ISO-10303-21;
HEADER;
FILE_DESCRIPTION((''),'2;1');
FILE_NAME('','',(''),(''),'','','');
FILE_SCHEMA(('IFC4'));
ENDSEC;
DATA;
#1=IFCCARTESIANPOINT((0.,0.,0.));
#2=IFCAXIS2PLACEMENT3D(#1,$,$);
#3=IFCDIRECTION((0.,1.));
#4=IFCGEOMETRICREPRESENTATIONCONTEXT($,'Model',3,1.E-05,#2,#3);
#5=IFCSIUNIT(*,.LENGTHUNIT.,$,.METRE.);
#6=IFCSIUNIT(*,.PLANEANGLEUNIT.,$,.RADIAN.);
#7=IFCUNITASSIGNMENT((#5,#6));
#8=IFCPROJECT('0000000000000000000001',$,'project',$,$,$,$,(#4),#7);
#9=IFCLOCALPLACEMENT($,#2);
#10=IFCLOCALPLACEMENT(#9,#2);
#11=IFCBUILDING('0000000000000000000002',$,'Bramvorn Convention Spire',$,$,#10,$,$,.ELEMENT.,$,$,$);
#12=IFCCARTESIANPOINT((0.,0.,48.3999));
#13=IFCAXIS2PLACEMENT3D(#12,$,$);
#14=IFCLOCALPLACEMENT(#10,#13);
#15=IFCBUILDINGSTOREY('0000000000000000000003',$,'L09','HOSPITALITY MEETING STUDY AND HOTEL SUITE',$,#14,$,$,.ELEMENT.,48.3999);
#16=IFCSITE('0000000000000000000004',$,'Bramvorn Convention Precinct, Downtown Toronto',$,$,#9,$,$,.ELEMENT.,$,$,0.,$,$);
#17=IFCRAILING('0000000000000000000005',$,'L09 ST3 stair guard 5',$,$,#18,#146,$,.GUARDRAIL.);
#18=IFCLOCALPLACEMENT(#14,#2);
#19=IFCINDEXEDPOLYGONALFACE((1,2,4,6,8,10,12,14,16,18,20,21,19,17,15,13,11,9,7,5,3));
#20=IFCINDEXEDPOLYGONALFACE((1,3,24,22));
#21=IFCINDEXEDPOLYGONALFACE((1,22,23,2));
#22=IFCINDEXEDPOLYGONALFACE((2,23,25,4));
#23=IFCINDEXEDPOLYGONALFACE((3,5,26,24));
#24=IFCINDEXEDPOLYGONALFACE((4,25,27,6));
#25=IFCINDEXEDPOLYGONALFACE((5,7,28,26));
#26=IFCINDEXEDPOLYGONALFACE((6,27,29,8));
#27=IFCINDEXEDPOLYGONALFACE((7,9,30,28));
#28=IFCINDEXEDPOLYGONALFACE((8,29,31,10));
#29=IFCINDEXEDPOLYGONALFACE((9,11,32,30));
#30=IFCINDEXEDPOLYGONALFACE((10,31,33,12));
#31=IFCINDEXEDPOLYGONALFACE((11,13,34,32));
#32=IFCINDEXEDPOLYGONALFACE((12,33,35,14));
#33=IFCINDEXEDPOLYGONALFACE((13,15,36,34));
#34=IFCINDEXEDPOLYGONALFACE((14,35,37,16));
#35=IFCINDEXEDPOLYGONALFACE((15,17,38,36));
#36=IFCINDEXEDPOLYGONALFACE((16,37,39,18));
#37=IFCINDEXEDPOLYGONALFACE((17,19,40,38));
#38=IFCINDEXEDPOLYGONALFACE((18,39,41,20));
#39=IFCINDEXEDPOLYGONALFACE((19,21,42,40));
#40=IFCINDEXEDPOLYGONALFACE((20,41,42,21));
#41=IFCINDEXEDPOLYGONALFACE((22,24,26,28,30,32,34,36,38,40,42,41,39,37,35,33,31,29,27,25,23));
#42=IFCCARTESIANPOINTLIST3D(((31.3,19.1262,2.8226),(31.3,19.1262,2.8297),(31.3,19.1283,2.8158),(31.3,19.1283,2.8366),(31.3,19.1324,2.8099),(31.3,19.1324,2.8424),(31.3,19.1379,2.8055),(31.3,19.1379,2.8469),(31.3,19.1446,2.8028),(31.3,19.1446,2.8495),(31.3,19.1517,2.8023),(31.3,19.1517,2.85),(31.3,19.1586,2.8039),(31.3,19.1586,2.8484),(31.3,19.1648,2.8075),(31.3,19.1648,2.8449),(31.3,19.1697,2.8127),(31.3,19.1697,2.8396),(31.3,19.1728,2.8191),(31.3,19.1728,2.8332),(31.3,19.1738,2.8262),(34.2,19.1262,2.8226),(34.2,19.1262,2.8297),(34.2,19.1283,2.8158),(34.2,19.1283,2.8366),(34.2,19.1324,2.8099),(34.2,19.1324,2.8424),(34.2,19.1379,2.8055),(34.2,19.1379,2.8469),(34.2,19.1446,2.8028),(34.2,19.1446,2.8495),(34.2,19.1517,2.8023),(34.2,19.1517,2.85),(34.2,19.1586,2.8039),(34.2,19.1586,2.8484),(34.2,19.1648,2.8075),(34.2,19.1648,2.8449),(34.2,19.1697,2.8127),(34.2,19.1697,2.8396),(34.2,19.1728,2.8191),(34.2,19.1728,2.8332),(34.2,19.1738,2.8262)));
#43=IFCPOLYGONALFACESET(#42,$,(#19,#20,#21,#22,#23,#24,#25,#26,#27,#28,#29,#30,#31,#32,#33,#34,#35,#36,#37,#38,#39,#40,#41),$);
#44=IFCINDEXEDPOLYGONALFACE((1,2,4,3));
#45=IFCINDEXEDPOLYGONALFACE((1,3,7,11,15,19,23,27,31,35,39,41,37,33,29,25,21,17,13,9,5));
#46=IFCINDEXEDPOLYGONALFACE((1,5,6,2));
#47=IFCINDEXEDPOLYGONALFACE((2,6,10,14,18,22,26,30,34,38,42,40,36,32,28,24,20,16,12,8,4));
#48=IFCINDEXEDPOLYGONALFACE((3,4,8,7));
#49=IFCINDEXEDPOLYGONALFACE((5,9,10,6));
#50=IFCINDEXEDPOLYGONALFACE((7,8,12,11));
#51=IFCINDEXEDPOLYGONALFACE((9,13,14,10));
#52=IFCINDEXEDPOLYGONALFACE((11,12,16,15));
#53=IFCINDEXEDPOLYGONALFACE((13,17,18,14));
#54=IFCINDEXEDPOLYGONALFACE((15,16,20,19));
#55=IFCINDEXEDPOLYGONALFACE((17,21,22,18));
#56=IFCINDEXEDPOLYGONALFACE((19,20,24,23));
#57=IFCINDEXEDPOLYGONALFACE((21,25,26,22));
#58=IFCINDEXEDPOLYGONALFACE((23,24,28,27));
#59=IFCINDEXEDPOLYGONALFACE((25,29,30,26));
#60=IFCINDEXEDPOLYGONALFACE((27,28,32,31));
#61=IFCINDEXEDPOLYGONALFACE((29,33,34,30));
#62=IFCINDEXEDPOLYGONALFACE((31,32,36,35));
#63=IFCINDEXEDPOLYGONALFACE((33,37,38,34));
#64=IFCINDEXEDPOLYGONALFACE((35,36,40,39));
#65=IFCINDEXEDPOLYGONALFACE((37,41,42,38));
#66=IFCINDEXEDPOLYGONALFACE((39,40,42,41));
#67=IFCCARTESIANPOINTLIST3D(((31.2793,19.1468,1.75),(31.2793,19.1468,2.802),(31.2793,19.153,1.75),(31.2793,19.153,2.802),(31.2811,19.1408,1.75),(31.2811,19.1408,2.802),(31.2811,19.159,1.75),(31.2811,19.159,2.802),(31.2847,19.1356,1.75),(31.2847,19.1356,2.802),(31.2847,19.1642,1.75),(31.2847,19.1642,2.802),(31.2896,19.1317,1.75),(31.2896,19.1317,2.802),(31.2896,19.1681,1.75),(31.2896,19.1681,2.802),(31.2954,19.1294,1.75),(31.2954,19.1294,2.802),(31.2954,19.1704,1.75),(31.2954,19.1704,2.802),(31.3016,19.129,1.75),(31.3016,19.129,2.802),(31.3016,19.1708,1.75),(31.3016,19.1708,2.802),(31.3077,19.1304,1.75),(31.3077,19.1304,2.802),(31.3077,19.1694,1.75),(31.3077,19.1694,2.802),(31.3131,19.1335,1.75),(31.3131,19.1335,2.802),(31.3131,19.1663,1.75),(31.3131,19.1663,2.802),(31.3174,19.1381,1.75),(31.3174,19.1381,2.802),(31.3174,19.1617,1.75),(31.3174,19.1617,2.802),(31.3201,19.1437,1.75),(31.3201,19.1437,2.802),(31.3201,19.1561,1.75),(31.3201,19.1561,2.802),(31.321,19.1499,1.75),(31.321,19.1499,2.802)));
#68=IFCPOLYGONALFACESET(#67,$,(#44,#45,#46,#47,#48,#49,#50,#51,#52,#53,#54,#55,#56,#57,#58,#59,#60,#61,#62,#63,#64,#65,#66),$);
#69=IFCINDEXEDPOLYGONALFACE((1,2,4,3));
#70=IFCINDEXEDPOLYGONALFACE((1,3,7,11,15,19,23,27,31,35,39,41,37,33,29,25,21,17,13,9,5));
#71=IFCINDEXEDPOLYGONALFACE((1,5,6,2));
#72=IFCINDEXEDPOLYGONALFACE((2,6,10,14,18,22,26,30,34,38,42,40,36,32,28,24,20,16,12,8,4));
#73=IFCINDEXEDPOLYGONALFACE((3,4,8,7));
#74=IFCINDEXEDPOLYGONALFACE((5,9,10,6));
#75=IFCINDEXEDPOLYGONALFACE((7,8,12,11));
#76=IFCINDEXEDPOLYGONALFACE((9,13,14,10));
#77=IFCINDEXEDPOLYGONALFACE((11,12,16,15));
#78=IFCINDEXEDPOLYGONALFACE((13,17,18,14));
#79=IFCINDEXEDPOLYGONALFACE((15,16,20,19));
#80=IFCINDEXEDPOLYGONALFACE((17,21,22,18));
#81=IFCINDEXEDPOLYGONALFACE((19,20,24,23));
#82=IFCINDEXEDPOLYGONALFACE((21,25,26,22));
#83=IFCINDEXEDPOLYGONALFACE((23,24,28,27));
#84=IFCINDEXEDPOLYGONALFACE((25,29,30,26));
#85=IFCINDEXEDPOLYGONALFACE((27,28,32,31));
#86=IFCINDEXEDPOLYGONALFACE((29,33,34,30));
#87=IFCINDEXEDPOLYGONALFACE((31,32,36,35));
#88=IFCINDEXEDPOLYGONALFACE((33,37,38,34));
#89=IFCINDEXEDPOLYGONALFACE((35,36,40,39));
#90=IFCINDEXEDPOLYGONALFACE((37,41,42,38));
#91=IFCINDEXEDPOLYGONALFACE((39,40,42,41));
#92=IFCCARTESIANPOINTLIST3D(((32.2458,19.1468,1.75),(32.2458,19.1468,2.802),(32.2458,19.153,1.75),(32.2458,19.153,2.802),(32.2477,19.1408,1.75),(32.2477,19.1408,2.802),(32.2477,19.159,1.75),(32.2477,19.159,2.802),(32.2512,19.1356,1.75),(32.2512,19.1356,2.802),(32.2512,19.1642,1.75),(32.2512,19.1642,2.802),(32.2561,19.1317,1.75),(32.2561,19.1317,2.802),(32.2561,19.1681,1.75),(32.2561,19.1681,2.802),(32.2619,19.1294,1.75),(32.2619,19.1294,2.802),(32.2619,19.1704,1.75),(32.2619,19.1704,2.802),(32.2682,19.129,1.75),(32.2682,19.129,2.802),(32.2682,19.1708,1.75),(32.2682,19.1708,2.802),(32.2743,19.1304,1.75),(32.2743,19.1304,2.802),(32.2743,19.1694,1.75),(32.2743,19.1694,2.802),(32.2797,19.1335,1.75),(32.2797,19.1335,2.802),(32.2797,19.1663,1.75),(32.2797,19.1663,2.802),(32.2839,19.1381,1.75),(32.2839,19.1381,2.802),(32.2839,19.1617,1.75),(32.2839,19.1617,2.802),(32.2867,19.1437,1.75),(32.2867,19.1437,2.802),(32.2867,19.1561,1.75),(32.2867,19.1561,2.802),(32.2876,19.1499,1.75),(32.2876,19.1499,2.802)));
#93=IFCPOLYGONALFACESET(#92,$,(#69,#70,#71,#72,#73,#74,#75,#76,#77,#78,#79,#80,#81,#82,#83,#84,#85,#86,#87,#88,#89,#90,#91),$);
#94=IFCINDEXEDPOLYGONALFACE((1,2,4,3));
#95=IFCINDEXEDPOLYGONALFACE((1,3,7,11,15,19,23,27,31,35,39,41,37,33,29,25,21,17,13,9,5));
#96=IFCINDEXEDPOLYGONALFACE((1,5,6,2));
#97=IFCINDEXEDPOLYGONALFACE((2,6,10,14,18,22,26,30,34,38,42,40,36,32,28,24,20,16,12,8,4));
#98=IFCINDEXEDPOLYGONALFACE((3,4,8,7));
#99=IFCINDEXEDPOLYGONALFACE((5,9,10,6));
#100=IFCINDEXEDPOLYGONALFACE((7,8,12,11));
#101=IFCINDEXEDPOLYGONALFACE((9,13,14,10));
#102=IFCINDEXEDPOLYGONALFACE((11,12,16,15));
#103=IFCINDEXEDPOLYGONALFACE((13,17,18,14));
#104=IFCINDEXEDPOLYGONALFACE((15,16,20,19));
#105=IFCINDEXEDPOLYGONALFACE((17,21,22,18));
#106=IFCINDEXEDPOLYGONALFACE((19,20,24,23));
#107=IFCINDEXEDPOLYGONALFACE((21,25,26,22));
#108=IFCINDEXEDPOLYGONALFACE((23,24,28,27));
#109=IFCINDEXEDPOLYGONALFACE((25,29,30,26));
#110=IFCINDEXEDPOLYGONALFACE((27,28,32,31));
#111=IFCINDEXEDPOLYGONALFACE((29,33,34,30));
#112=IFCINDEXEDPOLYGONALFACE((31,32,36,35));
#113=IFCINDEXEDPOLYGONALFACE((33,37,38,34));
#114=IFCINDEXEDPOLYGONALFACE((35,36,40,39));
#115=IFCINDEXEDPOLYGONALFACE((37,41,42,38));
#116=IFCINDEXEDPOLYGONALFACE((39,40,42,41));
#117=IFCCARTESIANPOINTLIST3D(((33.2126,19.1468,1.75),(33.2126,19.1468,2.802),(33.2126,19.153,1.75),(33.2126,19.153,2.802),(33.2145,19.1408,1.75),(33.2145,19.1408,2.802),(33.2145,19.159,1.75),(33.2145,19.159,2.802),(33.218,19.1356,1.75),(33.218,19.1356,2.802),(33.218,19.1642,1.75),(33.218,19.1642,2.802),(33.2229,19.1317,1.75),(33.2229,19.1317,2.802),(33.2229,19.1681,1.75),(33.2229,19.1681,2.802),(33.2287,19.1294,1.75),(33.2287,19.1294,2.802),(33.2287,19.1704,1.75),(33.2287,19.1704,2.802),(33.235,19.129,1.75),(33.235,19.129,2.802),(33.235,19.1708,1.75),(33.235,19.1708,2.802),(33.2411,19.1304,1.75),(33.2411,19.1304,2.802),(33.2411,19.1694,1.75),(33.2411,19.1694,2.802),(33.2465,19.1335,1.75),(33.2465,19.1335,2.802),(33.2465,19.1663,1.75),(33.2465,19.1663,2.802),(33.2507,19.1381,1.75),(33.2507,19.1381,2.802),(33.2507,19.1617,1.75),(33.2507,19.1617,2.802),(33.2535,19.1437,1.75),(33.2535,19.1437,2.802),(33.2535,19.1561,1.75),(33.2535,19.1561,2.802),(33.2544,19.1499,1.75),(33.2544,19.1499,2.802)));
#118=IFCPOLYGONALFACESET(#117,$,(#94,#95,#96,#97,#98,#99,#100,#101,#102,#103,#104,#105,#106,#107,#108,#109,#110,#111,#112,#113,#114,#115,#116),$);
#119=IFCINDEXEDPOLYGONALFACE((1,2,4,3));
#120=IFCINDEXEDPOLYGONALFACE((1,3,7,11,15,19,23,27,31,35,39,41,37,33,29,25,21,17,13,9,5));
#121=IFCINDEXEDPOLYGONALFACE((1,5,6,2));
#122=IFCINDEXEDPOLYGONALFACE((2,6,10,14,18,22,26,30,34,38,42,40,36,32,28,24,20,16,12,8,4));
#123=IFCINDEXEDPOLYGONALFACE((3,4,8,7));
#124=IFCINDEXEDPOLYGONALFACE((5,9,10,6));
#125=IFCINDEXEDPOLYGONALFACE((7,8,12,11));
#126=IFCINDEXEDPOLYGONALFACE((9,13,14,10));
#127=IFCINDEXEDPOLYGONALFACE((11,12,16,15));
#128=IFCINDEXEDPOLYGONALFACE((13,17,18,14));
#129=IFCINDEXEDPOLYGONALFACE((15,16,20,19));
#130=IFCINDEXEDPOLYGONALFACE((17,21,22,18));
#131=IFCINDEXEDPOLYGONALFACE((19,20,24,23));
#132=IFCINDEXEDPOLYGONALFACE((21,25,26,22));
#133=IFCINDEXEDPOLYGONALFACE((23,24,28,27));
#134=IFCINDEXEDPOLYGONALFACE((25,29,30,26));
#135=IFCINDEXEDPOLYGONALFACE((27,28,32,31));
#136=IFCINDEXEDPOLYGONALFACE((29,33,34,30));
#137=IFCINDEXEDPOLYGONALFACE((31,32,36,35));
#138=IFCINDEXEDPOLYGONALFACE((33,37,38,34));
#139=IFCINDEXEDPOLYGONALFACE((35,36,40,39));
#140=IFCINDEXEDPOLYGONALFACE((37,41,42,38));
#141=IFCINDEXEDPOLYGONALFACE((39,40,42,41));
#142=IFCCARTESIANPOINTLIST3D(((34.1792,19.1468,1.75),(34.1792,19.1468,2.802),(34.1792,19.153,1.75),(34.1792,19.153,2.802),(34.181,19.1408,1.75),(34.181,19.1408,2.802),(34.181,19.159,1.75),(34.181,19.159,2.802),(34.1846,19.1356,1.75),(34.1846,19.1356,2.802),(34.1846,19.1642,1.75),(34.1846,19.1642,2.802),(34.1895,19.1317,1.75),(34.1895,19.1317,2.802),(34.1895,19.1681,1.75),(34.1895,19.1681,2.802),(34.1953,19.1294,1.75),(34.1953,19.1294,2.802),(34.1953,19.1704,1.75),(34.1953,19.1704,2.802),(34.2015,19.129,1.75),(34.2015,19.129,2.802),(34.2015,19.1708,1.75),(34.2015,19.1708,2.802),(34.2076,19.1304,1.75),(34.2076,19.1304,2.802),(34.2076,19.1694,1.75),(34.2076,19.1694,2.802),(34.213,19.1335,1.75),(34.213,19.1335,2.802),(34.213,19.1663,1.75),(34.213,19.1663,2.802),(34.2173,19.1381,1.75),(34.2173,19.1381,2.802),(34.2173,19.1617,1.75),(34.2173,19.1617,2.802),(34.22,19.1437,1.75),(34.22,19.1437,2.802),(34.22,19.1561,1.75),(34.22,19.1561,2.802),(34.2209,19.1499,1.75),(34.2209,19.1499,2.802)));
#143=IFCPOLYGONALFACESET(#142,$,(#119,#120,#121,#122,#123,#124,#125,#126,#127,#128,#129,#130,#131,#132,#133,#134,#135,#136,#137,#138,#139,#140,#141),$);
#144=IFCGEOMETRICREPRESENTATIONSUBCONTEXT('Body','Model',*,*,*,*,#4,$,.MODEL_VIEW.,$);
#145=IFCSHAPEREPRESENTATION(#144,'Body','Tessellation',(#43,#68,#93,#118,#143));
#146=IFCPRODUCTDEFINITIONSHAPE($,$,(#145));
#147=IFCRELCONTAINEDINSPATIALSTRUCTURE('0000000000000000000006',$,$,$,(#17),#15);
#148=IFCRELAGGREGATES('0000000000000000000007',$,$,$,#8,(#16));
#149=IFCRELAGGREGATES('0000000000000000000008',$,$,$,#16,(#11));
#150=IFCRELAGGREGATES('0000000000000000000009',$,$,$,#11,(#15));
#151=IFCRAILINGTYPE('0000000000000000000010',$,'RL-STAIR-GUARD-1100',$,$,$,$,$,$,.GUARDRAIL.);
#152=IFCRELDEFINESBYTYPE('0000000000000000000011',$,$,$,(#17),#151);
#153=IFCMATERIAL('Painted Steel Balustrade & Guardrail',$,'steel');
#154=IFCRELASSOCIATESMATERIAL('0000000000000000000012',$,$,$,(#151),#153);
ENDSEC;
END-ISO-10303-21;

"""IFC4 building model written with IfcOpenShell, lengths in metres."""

from ifc_helpers import new_model, si_unit, direction, frame, origin, origin_2d, place, context, subcontext, project, spatial, circle, extrude, material, type_object, element, save


model = new_model("IFC4")

# Units and contexts
model_context = context("Model", 3, precision=1e-05, world=origin(), true_north=direction((0.0, 1.0)))
body_context = subcontext(model_context, "Body", "Model", "MODEL_VIEW")
ifc_project = project(units=[si_unit("LENGTHUNIT", "METRE"), si_unit("PLANEANGLEUNIT", "RADIAN")], contexts=[model_context])

# Site, building, storey
site_placement = place(None, origin())
site = spatial("IfcSite", under=ifc_project, at=site_placement, Name="Bramvorn Convention Precinct, Downtown Toronto", CompositionType="ELEMENT", RefElevation=0.0)
building_placement = place(site_placement, origin())
building = spatial("IfcBuilding", under=site, at=building_placement, Name="Bramvorn Convention Spire", CompositionType="ELEMENT")
storey_placement = place(building_placement, frame((0.0, 0.0, 48.3999)))
storey = spatial("IfcBuildingStorey", under=building, at=storey_placement, Name="L09", Description="HOSPITALITY MEETING STUDY AND HOTEL SUITE", CompositionType="ELEMENT", Elevation=48.3999)

# Railing
ifc_material_1 = material(Name="Painted Steel Balustrade & Guardrail", Category="steel")
railing_type = type_object("IfcRailingType", Name="RL-STAIR-GUARD-1100", PredefinedType="GUARDRAIL", material=ifc_material_1)
railing_1_placement = place(storey_placement, frame((31.3, 19.1499, 1.75)))
element("IfcRailing", 1, at=railing_1_placement, inside=storey, type_object=railing_type, Name="L09 ST3 stair guard 5", PredefinedType="GUARDRAIL", context=body_context, shape_type="SweptSolid", body=[
    extrude(circle(Radius=0.0239, at=origin_2d()), frame((0.0, 0.0, 1.0762), z_axis=(1.0, 0.0, 0.0), x_axis=(0.0, 1.0, 0.0)), (0.0, 0.0, 1.0), 2.8999),
    extrude(circle(Radius=0.021, at=origin_2d()), origin(), (0.0, 0.0, 1.0), 1.052),
    extrude(circle(Radius=0.021, at=origin_2d()), frame((0.9666, 0.0, 0.0)), (0.0, 0.0, 1.0), 1.052),
    extrude(circle(Radius=0.021, at=origin_2d()), frame((1.9333, 0.0, 0.0)), (0.0, 0.0, 1.0), 1.052),
    extrude(circle(Radius=0.021, at=origin_2d()), frame((2.8999, 0.0, 0.0)), (0.0, 0.0, 1.0), 1.052),
])

save(model, "model.ifc")
